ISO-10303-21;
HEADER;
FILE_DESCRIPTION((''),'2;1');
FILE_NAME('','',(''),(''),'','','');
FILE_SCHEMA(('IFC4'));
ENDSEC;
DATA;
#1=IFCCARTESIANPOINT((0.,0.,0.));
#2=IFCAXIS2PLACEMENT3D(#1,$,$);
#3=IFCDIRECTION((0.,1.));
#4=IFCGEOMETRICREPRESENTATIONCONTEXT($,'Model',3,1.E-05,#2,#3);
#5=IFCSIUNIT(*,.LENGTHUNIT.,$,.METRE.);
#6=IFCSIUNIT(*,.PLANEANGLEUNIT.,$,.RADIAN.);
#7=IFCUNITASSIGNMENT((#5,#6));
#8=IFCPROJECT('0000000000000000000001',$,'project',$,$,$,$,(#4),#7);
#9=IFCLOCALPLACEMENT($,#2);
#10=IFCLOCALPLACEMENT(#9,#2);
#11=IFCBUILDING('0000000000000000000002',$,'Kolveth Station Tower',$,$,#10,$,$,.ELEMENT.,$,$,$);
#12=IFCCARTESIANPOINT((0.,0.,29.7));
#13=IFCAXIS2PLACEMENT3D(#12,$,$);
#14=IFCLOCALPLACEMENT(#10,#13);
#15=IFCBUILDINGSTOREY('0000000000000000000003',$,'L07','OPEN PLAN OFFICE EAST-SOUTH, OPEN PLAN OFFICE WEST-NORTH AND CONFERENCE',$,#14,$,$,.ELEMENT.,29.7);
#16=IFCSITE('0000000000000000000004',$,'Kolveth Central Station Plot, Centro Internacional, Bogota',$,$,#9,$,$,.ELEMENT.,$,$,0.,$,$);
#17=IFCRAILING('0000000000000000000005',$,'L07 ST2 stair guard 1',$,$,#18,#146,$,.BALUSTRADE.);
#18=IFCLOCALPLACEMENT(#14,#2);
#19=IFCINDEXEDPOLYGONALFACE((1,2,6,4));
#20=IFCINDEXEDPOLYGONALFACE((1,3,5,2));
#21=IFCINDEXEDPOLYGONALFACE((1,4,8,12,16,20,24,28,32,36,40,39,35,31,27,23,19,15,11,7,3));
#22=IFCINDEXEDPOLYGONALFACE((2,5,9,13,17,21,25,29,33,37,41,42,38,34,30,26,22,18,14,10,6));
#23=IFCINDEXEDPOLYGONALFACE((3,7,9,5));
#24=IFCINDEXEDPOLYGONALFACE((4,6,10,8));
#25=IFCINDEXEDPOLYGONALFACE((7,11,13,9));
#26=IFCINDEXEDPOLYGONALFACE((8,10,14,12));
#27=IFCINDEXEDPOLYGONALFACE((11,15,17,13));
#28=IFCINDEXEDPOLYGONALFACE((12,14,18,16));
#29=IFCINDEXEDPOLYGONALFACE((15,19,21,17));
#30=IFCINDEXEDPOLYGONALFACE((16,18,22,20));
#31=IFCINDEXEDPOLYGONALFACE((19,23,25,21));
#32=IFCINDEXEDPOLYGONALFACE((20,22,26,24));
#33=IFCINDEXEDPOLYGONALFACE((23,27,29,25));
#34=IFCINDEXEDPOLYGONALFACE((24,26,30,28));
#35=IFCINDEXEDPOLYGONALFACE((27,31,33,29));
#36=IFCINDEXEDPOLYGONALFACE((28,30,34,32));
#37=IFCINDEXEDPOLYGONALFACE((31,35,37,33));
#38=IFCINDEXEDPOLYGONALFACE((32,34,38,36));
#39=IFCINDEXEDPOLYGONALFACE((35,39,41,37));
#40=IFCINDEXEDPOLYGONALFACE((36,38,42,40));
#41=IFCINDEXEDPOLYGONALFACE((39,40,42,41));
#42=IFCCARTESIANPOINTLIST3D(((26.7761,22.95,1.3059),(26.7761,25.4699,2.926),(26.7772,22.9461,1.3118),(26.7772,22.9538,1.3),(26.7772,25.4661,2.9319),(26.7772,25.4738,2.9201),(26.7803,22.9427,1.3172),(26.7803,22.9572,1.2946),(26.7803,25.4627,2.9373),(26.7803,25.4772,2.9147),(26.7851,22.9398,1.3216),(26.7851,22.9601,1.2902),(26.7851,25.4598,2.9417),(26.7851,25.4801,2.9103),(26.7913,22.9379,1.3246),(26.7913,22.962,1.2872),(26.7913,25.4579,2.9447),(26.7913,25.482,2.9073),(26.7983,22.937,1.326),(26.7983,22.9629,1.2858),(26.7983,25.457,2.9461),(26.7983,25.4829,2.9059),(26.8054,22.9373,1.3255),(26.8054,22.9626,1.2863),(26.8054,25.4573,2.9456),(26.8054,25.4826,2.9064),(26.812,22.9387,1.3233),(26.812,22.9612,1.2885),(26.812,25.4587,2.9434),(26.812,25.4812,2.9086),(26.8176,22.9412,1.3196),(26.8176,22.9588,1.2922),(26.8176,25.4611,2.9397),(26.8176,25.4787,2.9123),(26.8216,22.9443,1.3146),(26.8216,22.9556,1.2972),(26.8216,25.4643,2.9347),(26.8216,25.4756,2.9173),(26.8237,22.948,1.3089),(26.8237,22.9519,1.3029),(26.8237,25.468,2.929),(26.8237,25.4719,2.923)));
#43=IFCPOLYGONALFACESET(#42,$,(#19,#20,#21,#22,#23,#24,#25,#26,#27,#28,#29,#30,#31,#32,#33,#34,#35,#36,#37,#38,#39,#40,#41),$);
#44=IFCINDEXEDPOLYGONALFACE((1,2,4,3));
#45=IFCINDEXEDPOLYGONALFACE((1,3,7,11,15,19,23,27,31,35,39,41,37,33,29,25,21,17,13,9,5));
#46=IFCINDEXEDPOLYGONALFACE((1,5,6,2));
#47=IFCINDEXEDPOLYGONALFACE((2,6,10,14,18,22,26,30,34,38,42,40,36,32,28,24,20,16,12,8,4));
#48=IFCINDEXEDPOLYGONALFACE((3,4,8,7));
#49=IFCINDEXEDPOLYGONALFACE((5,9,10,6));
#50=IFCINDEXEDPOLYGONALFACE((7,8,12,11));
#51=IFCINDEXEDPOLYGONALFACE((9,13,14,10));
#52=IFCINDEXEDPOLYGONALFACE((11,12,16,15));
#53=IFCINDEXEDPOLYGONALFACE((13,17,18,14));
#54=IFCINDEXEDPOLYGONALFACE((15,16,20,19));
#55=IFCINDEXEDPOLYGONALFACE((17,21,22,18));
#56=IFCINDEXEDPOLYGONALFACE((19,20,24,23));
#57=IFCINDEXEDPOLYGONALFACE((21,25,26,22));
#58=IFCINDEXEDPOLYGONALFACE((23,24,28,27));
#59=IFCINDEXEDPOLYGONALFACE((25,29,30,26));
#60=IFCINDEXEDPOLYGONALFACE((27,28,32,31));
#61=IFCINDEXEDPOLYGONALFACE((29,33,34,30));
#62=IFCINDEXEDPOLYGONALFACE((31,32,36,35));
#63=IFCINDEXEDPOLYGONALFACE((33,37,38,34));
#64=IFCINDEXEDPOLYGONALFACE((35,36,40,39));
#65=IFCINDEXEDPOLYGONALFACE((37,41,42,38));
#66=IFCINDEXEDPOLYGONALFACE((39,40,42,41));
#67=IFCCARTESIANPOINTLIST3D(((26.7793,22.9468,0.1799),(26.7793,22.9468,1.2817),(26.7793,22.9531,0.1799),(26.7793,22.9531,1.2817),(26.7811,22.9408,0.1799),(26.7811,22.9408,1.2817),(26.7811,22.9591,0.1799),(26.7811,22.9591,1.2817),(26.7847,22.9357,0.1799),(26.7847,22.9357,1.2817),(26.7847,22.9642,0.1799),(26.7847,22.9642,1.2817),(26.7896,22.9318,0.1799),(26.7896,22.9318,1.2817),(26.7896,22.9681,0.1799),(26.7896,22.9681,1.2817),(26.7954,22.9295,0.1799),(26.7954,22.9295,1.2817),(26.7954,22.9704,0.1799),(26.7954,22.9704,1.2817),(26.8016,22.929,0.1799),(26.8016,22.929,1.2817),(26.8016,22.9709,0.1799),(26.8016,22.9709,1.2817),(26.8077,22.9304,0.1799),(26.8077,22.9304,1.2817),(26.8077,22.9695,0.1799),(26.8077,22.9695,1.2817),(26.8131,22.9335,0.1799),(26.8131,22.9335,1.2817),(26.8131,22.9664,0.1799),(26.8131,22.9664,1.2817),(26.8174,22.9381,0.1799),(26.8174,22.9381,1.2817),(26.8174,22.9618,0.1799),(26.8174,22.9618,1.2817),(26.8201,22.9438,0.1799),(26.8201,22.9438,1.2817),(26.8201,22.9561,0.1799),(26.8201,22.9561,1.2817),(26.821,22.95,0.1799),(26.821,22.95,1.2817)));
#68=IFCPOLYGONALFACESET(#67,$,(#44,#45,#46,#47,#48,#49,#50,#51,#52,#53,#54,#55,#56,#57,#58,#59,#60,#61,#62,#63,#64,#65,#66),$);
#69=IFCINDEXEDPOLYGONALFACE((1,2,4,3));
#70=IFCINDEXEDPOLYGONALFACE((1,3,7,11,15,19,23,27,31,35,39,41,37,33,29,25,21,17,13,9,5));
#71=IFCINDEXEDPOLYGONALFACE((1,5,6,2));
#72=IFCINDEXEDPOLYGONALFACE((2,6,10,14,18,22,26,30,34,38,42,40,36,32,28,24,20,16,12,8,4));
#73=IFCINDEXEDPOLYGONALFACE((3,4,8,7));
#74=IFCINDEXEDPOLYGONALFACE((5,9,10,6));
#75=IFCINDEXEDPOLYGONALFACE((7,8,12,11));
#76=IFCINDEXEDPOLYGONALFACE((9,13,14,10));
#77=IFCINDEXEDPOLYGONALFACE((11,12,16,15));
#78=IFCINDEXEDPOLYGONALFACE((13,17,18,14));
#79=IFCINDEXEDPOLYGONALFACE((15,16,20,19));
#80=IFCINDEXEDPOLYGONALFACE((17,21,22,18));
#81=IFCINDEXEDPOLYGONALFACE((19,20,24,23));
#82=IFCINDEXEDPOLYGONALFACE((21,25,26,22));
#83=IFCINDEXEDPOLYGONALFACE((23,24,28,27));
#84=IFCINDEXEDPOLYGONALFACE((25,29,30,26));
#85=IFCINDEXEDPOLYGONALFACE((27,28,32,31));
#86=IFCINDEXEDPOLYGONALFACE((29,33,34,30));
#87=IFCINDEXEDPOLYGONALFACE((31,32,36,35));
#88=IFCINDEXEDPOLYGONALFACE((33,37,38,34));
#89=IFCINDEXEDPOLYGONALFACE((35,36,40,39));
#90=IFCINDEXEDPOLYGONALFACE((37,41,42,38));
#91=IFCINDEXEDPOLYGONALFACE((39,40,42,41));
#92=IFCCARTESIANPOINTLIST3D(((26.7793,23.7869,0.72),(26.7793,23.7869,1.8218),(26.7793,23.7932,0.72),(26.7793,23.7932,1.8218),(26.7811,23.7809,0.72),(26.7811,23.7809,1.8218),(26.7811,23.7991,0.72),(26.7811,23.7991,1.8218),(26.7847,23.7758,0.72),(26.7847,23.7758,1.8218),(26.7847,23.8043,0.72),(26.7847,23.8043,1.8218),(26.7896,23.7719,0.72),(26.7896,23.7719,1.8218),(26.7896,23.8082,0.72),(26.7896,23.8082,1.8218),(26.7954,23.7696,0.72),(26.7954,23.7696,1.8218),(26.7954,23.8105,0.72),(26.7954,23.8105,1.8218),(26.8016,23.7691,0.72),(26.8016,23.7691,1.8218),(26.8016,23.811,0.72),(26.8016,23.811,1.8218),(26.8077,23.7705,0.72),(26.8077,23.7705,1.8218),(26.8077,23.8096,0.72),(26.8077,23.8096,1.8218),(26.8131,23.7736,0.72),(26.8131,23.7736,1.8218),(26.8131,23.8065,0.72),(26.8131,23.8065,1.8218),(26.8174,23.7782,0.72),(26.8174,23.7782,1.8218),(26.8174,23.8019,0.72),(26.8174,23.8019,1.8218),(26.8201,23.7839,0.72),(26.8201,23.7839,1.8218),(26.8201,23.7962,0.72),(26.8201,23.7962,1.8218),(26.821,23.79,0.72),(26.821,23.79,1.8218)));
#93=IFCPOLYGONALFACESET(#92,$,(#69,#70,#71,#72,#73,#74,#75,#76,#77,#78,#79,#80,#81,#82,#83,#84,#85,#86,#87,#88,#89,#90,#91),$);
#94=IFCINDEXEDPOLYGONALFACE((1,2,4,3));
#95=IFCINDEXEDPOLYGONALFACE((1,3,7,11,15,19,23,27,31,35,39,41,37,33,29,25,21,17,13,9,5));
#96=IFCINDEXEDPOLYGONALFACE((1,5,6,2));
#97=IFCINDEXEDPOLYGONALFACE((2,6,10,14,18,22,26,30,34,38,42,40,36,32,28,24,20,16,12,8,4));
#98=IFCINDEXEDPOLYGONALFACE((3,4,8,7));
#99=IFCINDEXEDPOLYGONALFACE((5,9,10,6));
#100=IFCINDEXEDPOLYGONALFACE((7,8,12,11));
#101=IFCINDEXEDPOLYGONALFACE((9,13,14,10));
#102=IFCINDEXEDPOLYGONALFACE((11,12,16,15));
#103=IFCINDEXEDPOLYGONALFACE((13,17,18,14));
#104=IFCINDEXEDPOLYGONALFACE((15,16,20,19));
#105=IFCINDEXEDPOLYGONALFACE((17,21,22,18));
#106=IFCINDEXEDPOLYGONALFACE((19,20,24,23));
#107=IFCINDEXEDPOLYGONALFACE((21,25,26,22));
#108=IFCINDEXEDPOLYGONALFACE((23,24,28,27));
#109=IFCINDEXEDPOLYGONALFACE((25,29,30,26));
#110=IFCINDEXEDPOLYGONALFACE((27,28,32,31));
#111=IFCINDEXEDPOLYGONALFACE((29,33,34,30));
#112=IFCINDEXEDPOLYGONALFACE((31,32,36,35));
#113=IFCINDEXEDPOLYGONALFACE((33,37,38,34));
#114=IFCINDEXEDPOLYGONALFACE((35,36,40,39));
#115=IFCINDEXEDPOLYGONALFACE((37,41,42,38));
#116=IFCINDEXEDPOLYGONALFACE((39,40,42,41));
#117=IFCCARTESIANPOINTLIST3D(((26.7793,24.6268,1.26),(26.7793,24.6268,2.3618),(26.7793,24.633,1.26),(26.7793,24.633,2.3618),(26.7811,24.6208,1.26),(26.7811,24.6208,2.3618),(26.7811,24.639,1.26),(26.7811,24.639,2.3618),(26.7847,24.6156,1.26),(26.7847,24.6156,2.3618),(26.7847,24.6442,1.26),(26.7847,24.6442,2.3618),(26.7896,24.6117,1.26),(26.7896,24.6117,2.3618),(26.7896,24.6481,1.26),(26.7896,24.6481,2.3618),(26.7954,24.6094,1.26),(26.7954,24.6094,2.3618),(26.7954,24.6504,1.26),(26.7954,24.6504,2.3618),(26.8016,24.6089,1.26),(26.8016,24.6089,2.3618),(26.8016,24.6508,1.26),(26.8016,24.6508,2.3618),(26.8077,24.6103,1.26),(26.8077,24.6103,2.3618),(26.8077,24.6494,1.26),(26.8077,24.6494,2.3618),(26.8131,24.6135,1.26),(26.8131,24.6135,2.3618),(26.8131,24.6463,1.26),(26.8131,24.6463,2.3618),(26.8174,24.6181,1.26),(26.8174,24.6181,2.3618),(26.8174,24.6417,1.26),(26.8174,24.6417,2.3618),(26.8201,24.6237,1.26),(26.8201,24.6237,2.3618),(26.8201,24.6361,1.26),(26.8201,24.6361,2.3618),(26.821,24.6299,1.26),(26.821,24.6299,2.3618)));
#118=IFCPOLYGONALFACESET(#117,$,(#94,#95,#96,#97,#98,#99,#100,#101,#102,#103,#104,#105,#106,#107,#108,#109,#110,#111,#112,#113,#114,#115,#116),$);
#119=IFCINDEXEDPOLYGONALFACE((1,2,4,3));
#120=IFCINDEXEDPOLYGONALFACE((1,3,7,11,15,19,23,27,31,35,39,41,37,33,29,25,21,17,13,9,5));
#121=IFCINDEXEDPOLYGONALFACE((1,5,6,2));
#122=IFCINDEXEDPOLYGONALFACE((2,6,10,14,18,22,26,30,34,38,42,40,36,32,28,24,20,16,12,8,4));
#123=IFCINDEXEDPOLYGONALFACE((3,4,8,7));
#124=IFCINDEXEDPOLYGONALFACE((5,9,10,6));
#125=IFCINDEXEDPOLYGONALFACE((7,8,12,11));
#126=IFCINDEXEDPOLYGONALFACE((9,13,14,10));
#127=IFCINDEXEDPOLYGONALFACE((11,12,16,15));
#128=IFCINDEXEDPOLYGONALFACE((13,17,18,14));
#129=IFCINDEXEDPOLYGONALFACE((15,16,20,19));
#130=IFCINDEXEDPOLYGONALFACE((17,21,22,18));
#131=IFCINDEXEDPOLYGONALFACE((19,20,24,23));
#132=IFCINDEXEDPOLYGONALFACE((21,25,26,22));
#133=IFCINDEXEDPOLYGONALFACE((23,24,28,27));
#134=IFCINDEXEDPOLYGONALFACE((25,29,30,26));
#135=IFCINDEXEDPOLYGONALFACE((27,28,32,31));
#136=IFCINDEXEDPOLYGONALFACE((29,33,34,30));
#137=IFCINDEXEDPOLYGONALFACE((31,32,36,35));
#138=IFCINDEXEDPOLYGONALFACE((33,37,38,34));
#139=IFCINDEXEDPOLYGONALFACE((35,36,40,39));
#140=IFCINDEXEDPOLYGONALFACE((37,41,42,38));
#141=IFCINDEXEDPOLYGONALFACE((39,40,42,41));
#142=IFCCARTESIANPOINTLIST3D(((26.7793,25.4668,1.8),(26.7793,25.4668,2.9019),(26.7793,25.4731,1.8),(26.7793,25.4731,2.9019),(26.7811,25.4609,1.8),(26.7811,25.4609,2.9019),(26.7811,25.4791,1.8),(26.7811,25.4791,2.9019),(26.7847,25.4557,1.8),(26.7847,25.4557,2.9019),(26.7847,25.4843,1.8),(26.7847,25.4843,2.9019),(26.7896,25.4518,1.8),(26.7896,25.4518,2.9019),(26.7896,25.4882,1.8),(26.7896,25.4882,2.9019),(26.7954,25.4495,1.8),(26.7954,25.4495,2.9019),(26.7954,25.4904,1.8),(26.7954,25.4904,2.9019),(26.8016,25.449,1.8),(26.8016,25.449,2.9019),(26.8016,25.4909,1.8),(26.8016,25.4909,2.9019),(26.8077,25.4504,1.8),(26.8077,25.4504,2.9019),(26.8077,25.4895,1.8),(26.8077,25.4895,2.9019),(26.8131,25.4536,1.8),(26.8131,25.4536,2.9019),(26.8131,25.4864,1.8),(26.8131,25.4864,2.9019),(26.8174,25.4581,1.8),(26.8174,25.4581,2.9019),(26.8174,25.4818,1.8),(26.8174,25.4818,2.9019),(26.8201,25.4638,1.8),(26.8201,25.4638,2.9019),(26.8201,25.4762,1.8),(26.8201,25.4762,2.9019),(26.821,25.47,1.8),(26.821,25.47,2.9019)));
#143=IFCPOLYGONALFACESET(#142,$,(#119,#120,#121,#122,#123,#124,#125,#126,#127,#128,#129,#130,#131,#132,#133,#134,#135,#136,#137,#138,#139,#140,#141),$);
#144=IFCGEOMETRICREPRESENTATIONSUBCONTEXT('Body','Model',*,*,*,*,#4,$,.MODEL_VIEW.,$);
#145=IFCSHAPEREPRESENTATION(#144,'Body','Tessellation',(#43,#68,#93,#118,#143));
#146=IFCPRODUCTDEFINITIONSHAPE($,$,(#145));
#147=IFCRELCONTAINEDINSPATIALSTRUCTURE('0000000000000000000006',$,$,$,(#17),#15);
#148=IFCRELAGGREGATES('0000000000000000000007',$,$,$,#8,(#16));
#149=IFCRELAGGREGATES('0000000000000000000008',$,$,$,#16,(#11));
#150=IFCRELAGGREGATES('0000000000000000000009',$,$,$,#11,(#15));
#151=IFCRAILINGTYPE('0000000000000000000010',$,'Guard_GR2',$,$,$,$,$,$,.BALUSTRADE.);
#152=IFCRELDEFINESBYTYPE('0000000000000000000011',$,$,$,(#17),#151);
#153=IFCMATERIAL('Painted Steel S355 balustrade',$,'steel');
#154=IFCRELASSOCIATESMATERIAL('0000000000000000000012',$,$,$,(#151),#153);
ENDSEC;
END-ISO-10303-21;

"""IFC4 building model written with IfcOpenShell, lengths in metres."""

from ifc_helpers import new_model, si_unit, direction, frame, origin, origin_2d, place, context, subcontext, project, spatial, circle, extrude, material, type_object, element, save


model = new_model("IFC4")

# Units and contexts
model_context = context("Model", 3, precision=1e-05, world=origin(), true_north=direction((0.0, 1.0)))
body_context = subcontext(model_context, "Body", "Model", "MODEL_VIEW")
ifc_project = project(units=[si_unit("LENGTHUNIT", "METRE"), si_unit("PLANEANGLEUNIT", "RADIAN")], contexts=[model_context])

# Site, building, storey
site_placement = place(None, origin())
site = spatial("IfcSite", under=ifc_project, at=site_placement, Name="Kolveth Central Station Plot, Centro Internacional, Bogota", CompositionType="ELEMENT", RefElevation=0.0)
building_placement = place(site_placement, origin())
building = spatial("IfcBuilding", under=site, at=building_placement, Name="Kolveth Station Tower", CompositionType="ELEMENT")
storey_placement = place(building_placement, frame((0.0, 0.0, 29.7)))
storey = spatial("IfcBuildingStorey", under=building, at=storey_placement, Name="L07", Description="OPEN PLAN OFFICE EAST-SOUTH, OPEN PLAN OFFICE WEST-NORTH AND CONFERENCE", CompositionType="ELEMENT", Elevation=29.7)

# Railing
ifc_material_1 = material(Name="Painted Steel S355 balustrade", Category="steel")
railing_type_1 = type_object("IfcRailingType", Name="Guard_GR2", PredefinedType="BALUSTRADE", material=ifc_material_1)
railing_1_placement = place(storey_placement, frame((26.8, 22.95, 0.1799)))
element("IfcRailing", 1, at=railing_1_placement, inside=storey, type_object=railing_type_1, Name="L07 ST2 stair guard 1", PredefinedType="BALUSTRADE", context=body_context, shape_type="SweptSolid", body=[
    extrude(circle(Radius=0.0239, at=origin_2d()), frame((0.0, 0.0, 1.126), z_axis=(0.0, 0.841163, 0.540782), x_axis=(-1.0, 0.0, 0.0)), (0.0, 0.0, 1.0), 2.9958),
    extrude(circle(Radius=0.021, at=origin_2d()), origin(), (0.0, 0.0, 1.0), 1.1018),
    extrude(circle(Radius=0.021, at=origin_2d()), frame((0.0, 0.8401, 0.54)), (0.0, 0.0, 1.0), 1.1018),
    extrude(circle(Radius=0.021, at=origin_2d()), frame((0.0, 1.6799, 1.0801)), (0.0, 0.0, 1.0), 1.1018),
    extrude(circle(Radius=0.021, at=origin_2d()), frame((0.0, 2.52, 1.6201)), (0.0, 0.0, 1.0), 1.1018),
])

save(model, "model.ifc")
